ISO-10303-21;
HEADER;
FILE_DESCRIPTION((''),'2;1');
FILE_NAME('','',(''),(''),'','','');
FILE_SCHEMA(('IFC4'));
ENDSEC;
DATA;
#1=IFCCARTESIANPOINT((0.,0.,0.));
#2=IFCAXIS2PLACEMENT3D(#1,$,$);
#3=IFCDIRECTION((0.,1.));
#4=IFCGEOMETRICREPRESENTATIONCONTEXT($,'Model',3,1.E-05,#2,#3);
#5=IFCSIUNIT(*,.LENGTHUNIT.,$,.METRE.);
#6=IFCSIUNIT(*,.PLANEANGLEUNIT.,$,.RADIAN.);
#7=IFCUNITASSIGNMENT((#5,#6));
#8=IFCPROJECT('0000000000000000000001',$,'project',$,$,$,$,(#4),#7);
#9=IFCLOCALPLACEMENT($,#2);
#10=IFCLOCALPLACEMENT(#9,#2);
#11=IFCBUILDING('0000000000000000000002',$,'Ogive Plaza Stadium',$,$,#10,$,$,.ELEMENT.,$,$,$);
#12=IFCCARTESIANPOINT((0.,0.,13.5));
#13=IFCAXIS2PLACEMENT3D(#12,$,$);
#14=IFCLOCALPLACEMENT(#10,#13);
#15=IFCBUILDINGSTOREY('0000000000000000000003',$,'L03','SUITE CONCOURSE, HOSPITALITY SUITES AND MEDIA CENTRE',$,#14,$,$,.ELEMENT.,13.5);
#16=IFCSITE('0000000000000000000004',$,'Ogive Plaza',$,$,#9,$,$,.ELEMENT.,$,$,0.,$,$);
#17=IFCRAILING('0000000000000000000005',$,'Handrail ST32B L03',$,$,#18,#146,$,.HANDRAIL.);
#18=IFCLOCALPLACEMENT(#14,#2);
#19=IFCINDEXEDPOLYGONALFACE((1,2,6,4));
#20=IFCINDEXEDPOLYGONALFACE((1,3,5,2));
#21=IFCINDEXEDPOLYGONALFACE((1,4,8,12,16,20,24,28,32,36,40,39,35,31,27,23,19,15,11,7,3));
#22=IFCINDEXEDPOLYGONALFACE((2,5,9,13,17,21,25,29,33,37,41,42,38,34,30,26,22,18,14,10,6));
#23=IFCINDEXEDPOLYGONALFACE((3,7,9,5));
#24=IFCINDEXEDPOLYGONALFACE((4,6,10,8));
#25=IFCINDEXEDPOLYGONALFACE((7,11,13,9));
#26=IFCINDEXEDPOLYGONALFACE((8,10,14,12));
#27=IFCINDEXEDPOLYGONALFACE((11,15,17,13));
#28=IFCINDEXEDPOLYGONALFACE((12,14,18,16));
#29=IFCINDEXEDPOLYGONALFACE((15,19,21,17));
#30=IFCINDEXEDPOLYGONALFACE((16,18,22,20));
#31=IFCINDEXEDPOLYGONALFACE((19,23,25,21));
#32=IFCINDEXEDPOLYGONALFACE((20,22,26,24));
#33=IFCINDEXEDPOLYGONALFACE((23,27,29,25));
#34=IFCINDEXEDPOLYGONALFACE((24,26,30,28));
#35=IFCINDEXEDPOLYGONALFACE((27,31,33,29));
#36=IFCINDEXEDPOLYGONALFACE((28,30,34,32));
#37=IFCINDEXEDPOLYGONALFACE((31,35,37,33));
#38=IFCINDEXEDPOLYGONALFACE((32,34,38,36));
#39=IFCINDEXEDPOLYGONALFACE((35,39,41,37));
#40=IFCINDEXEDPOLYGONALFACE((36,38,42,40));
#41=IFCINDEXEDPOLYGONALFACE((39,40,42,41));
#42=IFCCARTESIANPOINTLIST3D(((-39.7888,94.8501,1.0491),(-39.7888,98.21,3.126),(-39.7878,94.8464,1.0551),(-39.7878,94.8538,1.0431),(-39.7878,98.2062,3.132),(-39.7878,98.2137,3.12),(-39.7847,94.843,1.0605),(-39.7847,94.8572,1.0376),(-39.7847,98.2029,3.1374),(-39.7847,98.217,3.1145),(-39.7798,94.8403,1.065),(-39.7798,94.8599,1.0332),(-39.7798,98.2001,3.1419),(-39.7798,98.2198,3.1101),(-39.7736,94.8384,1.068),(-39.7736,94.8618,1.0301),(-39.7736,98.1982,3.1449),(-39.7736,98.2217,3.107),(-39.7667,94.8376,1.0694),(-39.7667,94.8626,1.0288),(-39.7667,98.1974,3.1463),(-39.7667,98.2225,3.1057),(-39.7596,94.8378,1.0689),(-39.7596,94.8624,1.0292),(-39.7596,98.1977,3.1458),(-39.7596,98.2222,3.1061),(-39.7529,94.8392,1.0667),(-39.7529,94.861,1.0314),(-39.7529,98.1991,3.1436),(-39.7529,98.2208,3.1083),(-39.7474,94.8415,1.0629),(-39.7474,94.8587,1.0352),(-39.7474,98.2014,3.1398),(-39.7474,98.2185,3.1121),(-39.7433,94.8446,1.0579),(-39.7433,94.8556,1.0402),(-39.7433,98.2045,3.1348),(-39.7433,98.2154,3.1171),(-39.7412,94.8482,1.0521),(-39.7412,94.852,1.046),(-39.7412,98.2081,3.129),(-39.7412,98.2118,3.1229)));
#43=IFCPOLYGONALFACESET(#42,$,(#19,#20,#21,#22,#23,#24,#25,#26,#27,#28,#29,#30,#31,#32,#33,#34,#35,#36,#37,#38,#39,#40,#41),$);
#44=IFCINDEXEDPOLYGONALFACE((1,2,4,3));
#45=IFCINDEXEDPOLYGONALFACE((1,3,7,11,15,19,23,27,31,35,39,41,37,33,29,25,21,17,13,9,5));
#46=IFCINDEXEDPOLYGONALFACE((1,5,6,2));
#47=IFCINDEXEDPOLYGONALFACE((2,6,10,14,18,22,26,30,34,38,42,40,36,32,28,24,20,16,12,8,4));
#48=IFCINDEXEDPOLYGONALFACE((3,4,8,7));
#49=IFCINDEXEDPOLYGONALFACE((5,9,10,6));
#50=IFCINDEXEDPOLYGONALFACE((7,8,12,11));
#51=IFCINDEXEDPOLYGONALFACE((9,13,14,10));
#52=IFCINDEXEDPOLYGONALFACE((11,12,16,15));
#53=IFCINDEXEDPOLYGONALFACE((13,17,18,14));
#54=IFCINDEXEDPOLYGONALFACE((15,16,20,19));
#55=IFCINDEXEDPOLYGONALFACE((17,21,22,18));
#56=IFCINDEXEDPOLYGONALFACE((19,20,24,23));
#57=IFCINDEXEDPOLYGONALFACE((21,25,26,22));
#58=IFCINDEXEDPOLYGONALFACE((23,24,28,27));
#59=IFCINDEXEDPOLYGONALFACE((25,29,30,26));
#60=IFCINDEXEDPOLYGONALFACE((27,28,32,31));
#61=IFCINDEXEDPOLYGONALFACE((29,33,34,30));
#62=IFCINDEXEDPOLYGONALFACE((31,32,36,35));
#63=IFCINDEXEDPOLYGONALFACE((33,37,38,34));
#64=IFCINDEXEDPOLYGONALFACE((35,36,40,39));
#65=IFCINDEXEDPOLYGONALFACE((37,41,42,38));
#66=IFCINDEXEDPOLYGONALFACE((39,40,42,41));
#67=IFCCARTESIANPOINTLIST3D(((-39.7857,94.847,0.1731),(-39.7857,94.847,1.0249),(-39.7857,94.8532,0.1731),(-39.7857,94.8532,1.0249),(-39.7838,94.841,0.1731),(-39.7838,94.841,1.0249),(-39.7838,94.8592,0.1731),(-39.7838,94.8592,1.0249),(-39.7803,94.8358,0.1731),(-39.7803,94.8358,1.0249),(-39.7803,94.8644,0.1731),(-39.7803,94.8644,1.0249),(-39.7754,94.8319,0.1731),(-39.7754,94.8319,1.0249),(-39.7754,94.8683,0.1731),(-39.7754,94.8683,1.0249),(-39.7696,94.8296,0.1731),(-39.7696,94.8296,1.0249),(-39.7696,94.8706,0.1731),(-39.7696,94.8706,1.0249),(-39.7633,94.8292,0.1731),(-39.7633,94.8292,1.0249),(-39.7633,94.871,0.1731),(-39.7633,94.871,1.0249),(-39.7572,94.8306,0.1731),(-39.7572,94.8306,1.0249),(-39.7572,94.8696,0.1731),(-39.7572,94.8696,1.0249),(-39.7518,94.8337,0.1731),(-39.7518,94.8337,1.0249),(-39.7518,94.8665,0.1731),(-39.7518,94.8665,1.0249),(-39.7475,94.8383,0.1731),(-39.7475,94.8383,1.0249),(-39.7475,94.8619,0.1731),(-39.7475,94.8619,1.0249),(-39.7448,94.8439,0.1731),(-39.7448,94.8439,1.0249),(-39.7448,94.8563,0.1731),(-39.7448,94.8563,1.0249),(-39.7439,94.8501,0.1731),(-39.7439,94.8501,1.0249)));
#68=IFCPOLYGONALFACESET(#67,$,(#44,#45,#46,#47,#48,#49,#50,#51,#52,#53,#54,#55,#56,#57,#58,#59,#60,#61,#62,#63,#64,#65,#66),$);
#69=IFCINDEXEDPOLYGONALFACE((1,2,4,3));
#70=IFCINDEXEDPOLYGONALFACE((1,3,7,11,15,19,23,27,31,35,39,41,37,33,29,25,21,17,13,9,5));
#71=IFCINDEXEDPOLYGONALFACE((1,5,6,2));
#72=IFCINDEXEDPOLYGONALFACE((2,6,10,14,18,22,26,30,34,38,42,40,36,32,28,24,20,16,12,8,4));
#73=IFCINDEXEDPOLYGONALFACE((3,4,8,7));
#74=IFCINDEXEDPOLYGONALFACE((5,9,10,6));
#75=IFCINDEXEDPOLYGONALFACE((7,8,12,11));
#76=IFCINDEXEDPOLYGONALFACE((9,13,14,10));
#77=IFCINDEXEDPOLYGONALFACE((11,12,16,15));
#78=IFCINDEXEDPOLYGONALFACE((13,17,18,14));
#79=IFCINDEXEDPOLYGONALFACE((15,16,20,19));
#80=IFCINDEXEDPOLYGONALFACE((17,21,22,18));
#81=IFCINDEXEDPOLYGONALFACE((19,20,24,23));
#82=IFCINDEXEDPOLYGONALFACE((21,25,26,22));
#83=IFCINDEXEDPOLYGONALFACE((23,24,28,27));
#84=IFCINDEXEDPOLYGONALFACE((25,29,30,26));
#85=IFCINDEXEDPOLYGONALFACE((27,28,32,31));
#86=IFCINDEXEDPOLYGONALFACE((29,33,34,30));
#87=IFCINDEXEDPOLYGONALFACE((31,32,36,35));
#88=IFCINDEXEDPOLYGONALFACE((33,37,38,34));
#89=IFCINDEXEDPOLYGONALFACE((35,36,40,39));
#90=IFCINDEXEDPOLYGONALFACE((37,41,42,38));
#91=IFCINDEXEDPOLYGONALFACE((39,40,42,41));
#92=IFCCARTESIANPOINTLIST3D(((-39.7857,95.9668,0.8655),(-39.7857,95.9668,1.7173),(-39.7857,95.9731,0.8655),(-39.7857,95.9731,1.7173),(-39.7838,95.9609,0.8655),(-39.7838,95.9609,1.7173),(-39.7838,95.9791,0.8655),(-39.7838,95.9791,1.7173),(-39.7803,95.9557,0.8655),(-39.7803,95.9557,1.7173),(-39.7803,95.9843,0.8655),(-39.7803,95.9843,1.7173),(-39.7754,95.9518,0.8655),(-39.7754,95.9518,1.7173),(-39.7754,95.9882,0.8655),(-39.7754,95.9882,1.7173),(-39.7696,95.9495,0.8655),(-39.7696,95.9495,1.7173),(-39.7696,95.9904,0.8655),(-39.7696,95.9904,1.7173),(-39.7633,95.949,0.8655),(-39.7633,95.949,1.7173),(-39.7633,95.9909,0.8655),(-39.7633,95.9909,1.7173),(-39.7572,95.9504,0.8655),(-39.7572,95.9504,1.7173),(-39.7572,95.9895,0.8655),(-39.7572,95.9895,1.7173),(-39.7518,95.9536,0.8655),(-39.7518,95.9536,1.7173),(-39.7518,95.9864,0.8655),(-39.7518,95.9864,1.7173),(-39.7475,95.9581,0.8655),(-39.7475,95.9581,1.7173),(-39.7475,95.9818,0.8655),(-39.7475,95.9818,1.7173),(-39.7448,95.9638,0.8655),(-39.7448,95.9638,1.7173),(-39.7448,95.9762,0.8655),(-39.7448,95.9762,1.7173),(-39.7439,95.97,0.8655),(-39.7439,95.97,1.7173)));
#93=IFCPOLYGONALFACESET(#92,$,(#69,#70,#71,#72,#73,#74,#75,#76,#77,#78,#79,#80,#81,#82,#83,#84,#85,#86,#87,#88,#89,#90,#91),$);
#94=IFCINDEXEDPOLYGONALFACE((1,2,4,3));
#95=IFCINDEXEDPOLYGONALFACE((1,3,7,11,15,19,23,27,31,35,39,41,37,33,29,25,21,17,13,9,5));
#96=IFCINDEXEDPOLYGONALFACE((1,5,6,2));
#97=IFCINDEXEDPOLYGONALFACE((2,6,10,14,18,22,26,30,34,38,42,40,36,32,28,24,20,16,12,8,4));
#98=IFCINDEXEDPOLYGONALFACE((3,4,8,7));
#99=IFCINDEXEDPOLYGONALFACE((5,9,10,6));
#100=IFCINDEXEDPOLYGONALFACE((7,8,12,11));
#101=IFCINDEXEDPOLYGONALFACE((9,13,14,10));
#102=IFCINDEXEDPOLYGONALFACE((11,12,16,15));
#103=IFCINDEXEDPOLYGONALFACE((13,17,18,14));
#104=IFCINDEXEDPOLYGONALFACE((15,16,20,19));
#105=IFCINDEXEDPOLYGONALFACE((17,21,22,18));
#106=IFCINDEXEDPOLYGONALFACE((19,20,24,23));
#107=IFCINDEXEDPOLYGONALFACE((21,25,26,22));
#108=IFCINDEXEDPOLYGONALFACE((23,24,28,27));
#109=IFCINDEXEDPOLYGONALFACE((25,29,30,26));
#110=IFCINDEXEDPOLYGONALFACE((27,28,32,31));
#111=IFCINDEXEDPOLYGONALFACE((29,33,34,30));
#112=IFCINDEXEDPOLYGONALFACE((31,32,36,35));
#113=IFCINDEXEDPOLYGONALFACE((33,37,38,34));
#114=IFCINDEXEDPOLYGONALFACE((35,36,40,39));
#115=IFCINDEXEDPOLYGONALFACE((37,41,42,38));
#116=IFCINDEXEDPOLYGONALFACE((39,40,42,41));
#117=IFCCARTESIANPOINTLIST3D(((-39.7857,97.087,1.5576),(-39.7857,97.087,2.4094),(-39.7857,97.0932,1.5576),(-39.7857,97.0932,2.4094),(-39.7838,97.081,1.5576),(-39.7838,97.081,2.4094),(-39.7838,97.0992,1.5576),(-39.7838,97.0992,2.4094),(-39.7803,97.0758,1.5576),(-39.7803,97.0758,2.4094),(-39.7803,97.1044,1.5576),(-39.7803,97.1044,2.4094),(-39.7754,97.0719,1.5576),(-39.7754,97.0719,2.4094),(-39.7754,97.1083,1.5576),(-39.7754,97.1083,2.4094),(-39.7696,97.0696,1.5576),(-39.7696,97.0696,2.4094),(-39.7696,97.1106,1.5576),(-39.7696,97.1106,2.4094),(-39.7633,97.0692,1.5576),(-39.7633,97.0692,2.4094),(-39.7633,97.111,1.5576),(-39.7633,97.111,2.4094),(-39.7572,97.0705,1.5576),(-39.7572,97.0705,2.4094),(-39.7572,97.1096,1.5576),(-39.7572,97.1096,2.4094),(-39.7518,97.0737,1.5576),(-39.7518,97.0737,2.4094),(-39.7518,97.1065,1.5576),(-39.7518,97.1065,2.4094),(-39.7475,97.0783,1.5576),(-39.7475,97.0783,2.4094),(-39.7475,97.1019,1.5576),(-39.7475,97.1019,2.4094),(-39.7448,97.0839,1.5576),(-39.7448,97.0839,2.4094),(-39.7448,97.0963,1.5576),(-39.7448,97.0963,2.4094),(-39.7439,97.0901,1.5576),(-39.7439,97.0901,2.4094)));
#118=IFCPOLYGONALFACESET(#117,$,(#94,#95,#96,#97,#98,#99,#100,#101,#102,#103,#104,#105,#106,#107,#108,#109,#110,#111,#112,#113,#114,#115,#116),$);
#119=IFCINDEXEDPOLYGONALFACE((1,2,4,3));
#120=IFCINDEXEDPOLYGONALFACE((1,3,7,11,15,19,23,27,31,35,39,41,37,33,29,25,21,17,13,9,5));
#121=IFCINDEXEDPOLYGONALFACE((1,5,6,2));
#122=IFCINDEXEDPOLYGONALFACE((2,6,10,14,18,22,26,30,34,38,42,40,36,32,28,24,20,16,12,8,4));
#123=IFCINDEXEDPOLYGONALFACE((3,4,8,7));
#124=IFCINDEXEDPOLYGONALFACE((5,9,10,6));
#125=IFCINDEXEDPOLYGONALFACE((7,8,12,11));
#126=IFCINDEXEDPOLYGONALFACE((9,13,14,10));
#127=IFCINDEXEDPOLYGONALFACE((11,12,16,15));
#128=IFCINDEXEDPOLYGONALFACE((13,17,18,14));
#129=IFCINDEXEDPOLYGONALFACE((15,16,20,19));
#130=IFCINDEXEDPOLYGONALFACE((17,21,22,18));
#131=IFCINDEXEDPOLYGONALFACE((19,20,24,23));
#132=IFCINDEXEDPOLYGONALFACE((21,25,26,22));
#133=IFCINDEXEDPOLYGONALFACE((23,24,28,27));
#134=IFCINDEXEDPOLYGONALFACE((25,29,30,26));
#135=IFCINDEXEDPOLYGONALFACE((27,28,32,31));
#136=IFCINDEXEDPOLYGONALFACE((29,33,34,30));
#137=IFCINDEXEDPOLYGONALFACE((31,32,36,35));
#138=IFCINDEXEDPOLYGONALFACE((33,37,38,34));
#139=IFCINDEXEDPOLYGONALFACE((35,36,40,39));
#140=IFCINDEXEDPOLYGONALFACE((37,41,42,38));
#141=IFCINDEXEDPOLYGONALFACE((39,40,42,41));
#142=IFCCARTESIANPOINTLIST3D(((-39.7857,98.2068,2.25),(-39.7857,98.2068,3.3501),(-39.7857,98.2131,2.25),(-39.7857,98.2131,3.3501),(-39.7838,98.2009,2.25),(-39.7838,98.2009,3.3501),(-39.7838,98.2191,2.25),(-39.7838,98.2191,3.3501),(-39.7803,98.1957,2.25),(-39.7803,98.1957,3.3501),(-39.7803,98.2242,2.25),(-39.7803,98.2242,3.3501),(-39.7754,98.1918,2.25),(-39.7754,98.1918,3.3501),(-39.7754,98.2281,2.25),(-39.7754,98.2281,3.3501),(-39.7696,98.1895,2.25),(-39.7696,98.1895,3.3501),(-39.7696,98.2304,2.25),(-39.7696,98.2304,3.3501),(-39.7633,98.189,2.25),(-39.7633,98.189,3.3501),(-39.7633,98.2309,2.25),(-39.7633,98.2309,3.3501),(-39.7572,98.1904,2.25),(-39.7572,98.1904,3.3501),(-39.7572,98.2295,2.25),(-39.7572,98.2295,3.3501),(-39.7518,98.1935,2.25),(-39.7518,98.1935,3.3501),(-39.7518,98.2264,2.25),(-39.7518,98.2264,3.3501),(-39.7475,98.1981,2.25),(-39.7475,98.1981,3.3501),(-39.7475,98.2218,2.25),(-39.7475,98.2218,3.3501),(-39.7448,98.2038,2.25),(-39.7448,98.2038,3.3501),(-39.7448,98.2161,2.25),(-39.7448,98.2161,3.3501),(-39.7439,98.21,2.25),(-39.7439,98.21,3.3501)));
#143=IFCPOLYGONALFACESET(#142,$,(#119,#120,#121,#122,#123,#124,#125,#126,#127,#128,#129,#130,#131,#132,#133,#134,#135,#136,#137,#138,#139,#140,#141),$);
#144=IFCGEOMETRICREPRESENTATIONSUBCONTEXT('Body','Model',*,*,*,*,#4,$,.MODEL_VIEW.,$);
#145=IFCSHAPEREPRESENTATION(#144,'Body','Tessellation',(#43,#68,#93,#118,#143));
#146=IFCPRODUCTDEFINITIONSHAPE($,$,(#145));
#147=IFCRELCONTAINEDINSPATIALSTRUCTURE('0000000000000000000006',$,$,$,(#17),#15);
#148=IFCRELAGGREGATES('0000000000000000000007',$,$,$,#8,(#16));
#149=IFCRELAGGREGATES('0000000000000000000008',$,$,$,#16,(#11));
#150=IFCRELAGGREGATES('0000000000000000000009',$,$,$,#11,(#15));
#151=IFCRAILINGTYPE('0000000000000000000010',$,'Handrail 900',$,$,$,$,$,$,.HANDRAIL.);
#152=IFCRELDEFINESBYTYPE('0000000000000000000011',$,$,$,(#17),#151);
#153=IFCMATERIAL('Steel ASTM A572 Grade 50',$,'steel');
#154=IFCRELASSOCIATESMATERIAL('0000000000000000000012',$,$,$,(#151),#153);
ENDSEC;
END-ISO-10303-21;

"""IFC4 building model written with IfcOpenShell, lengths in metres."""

from ifc_helpers import new_model, si_unit, direction, frame, origin, origin_2d, place, context, subcontext, project, spatial, circle, extrude, material, type_object, element, save


model = new_model("IFC4")

# Units and contexts
model_context = context("Model", 3, precision=1e-05, world=origin(), true_north=direction((0.0, 1.0)))
body_context = subcontext(model_context, "Body", "Model", "MODEL_VIEW")
ifc_project = project(units=[si_unit("LENGTHUNIT", "METRE"), si_unit("PLANEANGLEUNIT", "RADIAN")], contexts=[model_context])

# Site, building, storey
site_placement = place(None, origin())
site = spatial("IfcSite", under=ifc_project, at=site_placement, Name="Ogive Plaza", CompositionType="ELEMENT", RefElevation=0.0)
building_placement = place(site_placement, origin())
building = spatial("IfcBuilding", under=site, at=building_placement, Name="Ogive Plaza Stadium", CompositionType="ELEMENT")
storey_placement = place(building_placement, frame((0.0, 0.0, 13.5)))
storey = spatial("IfcBuildingStorey", under=building, at=storey_placement, Name="L03", Description="SUITE CONCOURSE, HOSPITALITY SUITES AND MEDIA CENTRE", CompositionType="ELEMENT", Elevation=13.5)

# Railing
ifc_material_1 = material(Name="Steel ASTM A572 Grade 50", Category="steel")
railing_type_1 = type_object("IfcRailingType", Name="Handrail 900", PredefinedType="HANDRAIL", material=ifc_material_1)
for number, where, name in (
    (1, (-39.7649, 94.8501, 0.1731), "Handrail ST32B L03"),
):
    element("IfcRailing", number, at=place(storey_placement, frame(where)), inside=storey, type_object=railing_type_1, Name=name, PredefinedType="HANDRAIL", context=body_context, shape_type="SweptSolid", body=[
        extrude(circle(Radius=0.0239, at=origin_2d()), frame((0.0, 0.0, 0.876), z_axis=(0.0, 0.850606, 0.525803), x_axis=(-1.0, 0.0, 0.0)), (0.0, 0.0, 1.0), 3.95),
        extrude(circle(Radius=0.021, at=origin_2d()), origin(), (0.0, 0.0, 1.0), 0.8518),
        extrude(circle(Radius=0.021, at=origin_2d()), frame((0.0, 1.1199, 0.6924)), (0.0, 0.0, 1.0), 0.8518),
        extrude(circle(Radius=0.021, at=origin_2d()), frame((0.0, 2.24, 1.3845)), (0.0, 0.0, 1.0), 0.8518),
        extrude(circle(Radius=0.021, at=origin_2d()), frame((0.0, 3.3599, 2.0769)), (0.0, 0.0, 1.0), 1.1001),
    ])

save(model, "model.ifc")
